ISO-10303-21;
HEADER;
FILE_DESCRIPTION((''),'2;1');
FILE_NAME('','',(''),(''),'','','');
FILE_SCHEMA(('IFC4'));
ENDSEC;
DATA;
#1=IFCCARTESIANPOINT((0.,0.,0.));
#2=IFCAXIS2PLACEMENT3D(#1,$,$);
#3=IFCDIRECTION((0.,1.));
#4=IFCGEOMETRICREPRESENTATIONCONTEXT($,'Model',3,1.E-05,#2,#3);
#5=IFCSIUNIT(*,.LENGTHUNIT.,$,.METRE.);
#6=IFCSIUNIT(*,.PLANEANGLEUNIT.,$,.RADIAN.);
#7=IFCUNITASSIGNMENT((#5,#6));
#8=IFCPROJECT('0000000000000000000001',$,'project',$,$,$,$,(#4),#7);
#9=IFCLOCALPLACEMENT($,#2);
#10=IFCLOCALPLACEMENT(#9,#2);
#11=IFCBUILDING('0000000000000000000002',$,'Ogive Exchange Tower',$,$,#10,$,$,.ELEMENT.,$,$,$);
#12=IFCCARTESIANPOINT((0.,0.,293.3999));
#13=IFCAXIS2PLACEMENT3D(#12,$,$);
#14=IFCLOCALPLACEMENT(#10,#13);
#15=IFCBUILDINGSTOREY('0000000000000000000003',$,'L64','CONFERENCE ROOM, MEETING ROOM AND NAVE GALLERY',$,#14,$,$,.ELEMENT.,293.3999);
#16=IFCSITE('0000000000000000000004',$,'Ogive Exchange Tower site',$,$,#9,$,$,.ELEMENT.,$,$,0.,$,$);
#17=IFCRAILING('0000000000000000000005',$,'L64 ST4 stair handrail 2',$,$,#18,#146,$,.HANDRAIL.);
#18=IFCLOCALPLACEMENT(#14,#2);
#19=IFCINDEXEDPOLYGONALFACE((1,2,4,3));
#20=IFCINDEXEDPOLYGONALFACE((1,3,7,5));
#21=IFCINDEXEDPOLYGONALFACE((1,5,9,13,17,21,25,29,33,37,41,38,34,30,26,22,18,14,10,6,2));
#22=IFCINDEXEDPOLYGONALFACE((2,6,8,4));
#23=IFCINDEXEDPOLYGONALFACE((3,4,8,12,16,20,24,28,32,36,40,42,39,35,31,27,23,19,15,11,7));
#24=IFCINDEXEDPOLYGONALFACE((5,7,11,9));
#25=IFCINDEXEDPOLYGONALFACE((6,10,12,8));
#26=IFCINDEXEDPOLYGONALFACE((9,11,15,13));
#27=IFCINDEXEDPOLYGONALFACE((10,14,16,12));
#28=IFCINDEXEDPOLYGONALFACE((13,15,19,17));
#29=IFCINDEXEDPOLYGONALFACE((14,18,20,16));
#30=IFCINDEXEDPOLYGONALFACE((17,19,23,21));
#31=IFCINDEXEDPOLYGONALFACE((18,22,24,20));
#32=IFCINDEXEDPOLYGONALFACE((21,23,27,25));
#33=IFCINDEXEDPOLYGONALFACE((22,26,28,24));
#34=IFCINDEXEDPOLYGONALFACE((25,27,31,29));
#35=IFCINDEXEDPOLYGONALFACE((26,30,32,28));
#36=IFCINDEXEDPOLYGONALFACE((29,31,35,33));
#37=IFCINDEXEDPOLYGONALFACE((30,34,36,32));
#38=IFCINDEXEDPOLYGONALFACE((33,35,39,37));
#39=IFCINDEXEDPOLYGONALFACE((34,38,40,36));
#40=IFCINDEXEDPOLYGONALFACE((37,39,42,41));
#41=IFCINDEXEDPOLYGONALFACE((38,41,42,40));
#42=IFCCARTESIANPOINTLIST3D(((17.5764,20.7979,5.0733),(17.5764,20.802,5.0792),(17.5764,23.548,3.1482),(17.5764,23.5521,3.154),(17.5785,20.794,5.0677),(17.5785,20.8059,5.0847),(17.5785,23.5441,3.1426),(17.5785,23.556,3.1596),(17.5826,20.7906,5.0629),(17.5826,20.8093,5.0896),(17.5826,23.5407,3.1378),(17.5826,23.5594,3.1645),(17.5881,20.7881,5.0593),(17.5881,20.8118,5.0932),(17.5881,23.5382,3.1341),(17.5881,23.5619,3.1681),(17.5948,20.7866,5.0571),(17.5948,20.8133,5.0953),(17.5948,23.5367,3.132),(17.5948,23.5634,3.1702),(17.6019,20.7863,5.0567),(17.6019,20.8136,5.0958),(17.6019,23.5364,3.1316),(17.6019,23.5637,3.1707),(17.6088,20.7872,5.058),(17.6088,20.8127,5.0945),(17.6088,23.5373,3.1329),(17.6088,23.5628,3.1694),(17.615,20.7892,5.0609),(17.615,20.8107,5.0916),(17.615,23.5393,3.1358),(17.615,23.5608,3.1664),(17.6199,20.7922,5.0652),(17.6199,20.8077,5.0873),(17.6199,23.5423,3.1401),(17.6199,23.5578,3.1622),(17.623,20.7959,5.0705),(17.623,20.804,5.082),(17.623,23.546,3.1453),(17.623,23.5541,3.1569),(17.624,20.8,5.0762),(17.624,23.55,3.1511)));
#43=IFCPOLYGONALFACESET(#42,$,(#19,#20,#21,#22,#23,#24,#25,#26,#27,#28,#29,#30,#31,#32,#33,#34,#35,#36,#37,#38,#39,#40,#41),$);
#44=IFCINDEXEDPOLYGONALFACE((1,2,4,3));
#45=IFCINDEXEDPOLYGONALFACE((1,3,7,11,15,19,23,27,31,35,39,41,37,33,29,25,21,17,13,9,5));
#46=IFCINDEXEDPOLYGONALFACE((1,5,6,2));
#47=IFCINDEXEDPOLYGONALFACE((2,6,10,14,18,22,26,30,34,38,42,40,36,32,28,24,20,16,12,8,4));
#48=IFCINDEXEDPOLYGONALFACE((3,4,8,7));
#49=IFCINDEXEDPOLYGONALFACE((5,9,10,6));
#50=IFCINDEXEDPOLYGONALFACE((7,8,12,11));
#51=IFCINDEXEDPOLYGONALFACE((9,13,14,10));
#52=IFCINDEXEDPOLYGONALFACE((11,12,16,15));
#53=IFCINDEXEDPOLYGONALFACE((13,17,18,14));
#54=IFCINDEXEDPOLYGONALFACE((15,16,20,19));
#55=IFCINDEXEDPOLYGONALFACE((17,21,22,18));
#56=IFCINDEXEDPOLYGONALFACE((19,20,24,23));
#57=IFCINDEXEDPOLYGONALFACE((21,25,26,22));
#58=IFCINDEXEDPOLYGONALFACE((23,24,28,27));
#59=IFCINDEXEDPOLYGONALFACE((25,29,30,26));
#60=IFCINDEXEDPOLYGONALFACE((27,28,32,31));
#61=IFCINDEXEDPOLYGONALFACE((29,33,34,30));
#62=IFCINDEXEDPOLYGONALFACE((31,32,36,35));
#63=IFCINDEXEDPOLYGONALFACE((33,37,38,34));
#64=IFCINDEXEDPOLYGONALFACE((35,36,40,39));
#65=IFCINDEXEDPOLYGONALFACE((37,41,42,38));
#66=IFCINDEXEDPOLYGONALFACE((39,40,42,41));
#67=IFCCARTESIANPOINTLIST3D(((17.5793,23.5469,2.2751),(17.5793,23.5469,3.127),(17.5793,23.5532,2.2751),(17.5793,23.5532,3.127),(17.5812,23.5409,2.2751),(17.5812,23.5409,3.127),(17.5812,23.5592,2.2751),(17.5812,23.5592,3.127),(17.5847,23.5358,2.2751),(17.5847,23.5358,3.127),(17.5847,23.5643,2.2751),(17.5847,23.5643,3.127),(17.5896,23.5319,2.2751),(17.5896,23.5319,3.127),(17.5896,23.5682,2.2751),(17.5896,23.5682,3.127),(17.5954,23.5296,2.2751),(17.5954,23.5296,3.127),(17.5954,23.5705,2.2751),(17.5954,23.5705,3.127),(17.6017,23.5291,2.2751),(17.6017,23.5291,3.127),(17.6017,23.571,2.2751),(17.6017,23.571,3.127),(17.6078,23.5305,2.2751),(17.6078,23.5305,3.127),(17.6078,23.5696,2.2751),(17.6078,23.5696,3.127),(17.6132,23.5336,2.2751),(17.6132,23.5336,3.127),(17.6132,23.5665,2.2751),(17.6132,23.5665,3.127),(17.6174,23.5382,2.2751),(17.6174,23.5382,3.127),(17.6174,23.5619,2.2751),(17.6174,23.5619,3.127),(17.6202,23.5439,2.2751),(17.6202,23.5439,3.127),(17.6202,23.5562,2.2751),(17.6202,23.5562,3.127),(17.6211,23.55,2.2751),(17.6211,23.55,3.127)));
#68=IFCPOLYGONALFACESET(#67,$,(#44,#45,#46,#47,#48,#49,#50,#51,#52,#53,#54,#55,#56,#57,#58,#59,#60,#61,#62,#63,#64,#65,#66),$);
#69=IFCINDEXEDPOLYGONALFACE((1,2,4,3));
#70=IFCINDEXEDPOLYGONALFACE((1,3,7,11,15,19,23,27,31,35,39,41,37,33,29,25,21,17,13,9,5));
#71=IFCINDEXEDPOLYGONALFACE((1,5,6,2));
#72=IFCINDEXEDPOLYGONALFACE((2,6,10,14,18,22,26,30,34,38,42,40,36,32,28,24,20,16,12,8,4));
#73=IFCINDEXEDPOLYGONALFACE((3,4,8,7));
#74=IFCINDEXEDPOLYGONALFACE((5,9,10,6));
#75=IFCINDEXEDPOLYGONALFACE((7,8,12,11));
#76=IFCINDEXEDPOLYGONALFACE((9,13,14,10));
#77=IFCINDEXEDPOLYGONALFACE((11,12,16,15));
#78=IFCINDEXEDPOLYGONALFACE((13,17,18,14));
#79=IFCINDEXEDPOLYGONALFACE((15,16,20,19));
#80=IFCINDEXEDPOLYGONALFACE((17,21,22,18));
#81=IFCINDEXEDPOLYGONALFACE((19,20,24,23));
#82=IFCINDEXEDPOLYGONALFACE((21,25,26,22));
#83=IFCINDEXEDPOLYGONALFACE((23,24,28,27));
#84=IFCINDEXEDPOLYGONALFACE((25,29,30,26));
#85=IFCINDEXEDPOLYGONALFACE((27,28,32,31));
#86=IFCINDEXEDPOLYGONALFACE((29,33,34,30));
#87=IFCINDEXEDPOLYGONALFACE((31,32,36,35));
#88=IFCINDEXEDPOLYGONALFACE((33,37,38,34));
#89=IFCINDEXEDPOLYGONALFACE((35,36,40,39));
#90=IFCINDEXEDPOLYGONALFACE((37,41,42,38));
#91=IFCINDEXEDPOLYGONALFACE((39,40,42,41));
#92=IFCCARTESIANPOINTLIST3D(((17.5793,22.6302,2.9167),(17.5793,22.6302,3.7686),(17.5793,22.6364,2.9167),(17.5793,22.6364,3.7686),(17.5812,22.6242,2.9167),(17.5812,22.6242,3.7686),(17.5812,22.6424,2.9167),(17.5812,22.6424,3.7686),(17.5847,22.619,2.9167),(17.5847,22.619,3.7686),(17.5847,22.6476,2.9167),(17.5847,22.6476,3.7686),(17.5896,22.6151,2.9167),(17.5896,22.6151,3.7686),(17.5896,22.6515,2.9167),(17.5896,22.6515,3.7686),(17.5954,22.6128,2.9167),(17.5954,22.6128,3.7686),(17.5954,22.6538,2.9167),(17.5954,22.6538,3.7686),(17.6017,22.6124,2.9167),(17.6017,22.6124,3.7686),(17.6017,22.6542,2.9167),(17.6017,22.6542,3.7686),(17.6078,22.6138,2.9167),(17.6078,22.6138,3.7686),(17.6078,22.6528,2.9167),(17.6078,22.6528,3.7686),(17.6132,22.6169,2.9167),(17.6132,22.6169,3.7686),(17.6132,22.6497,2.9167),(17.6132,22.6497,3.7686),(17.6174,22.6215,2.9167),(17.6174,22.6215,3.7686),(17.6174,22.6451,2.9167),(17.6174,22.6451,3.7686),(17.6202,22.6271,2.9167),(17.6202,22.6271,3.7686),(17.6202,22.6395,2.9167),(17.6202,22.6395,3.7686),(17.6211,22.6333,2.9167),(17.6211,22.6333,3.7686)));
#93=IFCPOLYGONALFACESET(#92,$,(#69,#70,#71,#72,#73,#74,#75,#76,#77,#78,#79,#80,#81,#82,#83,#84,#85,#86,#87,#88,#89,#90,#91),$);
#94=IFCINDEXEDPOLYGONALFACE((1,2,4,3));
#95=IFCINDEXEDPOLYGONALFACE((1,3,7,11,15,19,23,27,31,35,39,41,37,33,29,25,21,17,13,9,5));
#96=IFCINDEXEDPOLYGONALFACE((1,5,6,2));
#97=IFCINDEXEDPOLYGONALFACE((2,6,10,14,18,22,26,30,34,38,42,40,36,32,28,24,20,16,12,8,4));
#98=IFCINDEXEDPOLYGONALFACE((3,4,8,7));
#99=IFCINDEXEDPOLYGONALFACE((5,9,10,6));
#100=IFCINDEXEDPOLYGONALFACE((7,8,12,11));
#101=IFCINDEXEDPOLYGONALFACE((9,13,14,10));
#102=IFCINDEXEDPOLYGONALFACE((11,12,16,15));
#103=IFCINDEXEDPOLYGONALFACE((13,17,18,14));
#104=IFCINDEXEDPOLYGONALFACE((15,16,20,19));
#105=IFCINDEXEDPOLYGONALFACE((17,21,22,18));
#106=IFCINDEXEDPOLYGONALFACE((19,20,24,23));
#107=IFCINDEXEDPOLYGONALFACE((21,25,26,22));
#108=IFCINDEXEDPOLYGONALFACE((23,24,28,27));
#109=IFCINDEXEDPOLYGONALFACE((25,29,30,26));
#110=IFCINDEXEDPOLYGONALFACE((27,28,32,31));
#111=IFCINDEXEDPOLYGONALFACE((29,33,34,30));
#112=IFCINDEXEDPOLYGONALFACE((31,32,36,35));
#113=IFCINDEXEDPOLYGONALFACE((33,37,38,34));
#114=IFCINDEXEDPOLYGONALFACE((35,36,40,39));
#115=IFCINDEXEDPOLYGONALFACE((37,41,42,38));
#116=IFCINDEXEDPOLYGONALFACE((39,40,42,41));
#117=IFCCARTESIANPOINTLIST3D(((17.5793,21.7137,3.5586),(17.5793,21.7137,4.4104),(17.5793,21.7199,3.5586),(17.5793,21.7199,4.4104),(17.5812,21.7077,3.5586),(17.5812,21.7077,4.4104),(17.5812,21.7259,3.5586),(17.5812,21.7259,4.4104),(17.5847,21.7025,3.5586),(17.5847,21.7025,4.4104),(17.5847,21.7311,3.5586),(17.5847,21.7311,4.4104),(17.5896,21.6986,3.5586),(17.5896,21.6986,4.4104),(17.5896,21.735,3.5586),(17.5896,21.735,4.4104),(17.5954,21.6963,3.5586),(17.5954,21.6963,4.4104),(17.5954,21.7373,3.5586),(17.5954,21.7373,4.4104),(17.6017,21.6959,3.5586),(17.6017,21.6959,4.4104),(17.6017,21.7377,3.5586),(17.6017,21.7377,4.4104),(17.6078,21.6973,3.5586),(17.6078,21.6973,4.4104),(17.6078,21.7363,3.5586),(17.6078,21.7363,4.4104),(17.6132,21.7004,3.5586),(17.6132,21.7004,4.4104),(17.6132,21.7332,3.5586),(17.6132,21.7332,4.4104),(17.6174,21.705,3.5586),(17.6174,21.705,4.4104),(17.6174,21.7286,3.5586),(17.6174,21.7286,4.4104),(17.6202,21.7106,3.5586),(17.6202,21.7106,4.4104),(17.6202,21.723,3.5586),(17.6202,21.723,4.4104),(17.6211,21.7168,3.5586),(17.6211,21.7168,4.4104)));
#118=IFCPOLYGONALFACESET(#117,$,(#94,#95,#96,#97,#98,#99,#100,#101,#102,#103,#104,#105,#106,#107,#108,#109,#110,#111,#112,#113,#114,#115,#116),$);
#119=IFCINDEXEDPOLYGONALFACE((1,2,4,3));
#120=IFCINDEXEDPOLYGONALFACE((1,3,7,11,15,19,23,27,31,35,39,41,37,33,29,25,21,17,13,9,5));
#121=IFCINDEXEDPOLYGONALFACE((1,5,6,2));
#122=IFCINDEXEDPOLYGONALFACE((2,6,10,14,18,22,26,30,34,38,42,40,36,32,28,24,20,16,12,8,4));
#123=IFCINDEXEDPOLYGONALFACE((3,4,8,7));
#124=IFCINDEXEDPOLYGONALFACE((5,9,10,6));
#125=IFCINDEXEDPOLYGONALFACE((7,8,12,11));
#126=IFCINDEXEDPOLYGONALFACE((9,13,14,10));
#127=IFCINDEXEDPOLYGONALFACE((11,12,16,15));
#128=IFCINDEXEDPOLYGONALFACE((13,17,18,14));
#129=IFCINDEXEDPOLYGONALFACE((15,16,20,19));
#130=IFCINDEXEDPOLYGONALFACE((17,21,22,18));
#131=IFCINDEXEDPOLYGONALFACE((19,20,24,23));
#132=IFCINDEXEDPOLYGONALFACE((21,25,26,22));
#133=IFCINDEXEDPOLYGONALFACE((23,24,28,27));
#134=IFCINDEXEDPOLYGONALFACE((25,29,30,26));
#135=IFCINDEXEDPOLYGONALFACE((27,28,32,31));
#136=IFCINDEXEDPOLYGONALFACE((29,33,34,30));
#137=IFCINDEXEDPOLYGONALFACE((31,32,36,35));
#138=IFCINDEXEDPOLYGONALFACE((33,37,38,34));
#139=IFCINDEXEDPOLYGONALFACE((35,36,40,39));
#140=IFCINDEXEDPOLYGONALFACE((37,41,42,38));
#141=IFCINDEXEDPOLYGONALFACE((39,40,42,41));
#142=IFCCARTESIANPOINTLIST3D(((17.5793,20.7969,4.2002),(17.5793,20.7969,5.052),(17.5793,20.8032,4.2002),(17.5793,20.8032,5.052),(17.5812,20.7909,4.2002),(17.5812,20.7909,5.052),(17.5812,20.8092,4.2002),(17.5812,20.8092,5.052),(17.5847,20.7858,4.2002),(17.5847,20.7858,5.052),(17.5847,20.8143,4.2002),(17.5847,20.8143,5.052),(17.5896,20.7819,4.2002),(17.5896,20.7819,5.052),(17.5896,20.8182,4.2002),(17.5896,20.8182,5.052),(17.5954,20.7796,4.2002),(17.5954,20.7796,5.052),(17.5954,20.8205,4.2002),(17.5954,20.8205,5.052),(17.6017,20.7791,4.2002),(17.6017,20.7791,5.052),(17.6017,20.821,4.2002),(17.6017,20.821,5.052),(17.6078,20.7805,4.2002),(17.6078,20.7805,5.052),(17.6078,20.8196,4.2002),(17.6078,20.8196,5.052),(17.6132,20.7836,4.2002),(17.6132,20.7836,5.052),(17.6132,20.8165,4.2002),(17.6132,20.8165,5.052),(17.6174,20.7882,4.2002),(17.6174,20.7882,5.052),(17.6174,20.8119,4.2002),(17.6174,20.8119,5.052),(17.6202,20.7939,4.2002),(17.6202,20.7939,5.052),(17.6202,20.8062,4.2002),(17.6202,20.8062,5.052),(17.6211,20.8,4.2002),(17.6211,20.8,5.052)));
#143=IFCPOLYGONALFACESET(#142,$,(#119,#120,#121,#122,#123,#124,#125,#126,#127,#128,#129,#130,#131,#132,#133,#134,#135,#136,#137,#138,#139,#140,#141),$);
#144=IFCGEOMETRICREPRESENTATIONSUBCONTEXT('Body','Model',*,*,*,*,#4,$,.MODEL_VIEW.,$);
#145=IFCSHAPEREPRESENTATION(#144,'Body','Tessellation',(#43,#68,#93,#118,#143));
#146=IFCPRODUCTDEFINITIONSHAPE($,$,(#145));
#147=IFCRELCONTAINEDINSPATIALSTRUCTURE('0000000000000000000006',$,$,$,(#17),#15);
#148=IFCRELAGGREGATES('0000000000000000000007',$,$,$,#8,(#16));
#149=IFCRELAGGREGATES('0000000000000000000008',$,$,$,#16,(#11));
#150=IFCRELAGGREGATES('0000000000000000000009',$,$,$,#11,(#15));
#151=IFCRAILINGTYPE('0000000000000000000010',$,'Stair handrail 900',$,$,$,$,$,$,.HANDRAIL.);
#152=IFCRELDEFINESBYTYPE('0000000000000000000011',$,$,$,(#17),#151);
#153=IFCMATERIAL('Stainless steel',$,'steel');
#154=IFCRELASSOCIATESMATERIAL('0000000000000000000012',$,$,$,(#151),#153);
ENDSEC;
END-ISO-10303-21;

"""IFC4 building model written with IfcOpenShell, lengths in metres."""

from ifc_helpers import new_model, si_unit, direction, frame, origin, origin_2d, place, context, subcontext, project, spatial, circle, extrude, material, type_object, element, save


model = new_model("IFC4")

# Units and contexts
model_context = context("Model", 3, precision=1e-05, world=origin(), true_north=direction((0.0, 1.0)))
body_context = subcontext(model_context, "Body", "Model", "MODEL_VIEW")
ifc_project = project(units=[si_unit("LENGTHUNIT", "METRE"), si_unit("PLANEANGLEUNIT", "RADIAN")], contexts=[model_context])

# Site, building, storey
site_placement = place(None, origin())
site = spatial("IfcSite", under=ifc_project, at=site_placement, Name="Ogive Exchange Tower site", CompositionType="ELEMENT", RefElevation=0.0)
building_placement = place(site_placement, origin())
building = spatial("IfcBuilding", under=site, at=building_placement, Name="Ogive Exchange Tower", CompositionType="ELEMENT")
storey_placement = place(building_placement, frame((0.0, 0.0, 293.3999)))
storey = spatial("IfcBuildingStorey", under=building, at=storey_placement, Name="L64", Description="CONFERENCE ROOM, MEETING ROOM AND NAVE GALLERY", CompositionType="ELEMENT", Elevation=293.3999)

# Railing
ifc_material_1 = material(Name="Stainless steel", Category="steel")
railing_type = type_object("IfcRailingType", Name="Stair handrail 900", PredefinedType="HANDRAIL", material=ifc_material_1)
railing_placement = place(storey_placement, frame((17.6001, 23.55, 2.2751)))
element("IfcRailing", 1, at=railing_placement, inside=storey, type_object=railing_type, Name="L64 ST4 stair handrail 2", PredefinedType="HANDRAIL", context=body_context, shape_type="SweptSolid", body=[
    extrude(circle(Radius=0.0239, at=origin_2d()), frame((0.0, 0.0, 0.876), z_axis=(0.0, -0.819225, 0.573472), x_axis=(1.0, 0.0, 0.0)), (0.0, 0.0, 1.0), 3.3569),
    extrude(circle(Radius=0.021, at=origin_2d()), origin(), (0.0, 0.0, 1.0), 0.8518),
    extrude(circle(Radius=0.021, at=origin_2d()), frame((0.0, -0.9167, 0.6416)), (0.0, 0.0, 1.0), 0.8518),
    extrude(circle(Radius=0.021, at=origin_2d()), frame((0.0, -1.8333, 1.2834)), (0.0, 0.0, 1.0), 0.8518),
    extrude(circle(Radius=0.021, at=origin_2d()), frame((0.0, -2.75, 1.925)), (0.0, 0.0, 1.0), 0.8518),
])

save(model, "model.ifc")
